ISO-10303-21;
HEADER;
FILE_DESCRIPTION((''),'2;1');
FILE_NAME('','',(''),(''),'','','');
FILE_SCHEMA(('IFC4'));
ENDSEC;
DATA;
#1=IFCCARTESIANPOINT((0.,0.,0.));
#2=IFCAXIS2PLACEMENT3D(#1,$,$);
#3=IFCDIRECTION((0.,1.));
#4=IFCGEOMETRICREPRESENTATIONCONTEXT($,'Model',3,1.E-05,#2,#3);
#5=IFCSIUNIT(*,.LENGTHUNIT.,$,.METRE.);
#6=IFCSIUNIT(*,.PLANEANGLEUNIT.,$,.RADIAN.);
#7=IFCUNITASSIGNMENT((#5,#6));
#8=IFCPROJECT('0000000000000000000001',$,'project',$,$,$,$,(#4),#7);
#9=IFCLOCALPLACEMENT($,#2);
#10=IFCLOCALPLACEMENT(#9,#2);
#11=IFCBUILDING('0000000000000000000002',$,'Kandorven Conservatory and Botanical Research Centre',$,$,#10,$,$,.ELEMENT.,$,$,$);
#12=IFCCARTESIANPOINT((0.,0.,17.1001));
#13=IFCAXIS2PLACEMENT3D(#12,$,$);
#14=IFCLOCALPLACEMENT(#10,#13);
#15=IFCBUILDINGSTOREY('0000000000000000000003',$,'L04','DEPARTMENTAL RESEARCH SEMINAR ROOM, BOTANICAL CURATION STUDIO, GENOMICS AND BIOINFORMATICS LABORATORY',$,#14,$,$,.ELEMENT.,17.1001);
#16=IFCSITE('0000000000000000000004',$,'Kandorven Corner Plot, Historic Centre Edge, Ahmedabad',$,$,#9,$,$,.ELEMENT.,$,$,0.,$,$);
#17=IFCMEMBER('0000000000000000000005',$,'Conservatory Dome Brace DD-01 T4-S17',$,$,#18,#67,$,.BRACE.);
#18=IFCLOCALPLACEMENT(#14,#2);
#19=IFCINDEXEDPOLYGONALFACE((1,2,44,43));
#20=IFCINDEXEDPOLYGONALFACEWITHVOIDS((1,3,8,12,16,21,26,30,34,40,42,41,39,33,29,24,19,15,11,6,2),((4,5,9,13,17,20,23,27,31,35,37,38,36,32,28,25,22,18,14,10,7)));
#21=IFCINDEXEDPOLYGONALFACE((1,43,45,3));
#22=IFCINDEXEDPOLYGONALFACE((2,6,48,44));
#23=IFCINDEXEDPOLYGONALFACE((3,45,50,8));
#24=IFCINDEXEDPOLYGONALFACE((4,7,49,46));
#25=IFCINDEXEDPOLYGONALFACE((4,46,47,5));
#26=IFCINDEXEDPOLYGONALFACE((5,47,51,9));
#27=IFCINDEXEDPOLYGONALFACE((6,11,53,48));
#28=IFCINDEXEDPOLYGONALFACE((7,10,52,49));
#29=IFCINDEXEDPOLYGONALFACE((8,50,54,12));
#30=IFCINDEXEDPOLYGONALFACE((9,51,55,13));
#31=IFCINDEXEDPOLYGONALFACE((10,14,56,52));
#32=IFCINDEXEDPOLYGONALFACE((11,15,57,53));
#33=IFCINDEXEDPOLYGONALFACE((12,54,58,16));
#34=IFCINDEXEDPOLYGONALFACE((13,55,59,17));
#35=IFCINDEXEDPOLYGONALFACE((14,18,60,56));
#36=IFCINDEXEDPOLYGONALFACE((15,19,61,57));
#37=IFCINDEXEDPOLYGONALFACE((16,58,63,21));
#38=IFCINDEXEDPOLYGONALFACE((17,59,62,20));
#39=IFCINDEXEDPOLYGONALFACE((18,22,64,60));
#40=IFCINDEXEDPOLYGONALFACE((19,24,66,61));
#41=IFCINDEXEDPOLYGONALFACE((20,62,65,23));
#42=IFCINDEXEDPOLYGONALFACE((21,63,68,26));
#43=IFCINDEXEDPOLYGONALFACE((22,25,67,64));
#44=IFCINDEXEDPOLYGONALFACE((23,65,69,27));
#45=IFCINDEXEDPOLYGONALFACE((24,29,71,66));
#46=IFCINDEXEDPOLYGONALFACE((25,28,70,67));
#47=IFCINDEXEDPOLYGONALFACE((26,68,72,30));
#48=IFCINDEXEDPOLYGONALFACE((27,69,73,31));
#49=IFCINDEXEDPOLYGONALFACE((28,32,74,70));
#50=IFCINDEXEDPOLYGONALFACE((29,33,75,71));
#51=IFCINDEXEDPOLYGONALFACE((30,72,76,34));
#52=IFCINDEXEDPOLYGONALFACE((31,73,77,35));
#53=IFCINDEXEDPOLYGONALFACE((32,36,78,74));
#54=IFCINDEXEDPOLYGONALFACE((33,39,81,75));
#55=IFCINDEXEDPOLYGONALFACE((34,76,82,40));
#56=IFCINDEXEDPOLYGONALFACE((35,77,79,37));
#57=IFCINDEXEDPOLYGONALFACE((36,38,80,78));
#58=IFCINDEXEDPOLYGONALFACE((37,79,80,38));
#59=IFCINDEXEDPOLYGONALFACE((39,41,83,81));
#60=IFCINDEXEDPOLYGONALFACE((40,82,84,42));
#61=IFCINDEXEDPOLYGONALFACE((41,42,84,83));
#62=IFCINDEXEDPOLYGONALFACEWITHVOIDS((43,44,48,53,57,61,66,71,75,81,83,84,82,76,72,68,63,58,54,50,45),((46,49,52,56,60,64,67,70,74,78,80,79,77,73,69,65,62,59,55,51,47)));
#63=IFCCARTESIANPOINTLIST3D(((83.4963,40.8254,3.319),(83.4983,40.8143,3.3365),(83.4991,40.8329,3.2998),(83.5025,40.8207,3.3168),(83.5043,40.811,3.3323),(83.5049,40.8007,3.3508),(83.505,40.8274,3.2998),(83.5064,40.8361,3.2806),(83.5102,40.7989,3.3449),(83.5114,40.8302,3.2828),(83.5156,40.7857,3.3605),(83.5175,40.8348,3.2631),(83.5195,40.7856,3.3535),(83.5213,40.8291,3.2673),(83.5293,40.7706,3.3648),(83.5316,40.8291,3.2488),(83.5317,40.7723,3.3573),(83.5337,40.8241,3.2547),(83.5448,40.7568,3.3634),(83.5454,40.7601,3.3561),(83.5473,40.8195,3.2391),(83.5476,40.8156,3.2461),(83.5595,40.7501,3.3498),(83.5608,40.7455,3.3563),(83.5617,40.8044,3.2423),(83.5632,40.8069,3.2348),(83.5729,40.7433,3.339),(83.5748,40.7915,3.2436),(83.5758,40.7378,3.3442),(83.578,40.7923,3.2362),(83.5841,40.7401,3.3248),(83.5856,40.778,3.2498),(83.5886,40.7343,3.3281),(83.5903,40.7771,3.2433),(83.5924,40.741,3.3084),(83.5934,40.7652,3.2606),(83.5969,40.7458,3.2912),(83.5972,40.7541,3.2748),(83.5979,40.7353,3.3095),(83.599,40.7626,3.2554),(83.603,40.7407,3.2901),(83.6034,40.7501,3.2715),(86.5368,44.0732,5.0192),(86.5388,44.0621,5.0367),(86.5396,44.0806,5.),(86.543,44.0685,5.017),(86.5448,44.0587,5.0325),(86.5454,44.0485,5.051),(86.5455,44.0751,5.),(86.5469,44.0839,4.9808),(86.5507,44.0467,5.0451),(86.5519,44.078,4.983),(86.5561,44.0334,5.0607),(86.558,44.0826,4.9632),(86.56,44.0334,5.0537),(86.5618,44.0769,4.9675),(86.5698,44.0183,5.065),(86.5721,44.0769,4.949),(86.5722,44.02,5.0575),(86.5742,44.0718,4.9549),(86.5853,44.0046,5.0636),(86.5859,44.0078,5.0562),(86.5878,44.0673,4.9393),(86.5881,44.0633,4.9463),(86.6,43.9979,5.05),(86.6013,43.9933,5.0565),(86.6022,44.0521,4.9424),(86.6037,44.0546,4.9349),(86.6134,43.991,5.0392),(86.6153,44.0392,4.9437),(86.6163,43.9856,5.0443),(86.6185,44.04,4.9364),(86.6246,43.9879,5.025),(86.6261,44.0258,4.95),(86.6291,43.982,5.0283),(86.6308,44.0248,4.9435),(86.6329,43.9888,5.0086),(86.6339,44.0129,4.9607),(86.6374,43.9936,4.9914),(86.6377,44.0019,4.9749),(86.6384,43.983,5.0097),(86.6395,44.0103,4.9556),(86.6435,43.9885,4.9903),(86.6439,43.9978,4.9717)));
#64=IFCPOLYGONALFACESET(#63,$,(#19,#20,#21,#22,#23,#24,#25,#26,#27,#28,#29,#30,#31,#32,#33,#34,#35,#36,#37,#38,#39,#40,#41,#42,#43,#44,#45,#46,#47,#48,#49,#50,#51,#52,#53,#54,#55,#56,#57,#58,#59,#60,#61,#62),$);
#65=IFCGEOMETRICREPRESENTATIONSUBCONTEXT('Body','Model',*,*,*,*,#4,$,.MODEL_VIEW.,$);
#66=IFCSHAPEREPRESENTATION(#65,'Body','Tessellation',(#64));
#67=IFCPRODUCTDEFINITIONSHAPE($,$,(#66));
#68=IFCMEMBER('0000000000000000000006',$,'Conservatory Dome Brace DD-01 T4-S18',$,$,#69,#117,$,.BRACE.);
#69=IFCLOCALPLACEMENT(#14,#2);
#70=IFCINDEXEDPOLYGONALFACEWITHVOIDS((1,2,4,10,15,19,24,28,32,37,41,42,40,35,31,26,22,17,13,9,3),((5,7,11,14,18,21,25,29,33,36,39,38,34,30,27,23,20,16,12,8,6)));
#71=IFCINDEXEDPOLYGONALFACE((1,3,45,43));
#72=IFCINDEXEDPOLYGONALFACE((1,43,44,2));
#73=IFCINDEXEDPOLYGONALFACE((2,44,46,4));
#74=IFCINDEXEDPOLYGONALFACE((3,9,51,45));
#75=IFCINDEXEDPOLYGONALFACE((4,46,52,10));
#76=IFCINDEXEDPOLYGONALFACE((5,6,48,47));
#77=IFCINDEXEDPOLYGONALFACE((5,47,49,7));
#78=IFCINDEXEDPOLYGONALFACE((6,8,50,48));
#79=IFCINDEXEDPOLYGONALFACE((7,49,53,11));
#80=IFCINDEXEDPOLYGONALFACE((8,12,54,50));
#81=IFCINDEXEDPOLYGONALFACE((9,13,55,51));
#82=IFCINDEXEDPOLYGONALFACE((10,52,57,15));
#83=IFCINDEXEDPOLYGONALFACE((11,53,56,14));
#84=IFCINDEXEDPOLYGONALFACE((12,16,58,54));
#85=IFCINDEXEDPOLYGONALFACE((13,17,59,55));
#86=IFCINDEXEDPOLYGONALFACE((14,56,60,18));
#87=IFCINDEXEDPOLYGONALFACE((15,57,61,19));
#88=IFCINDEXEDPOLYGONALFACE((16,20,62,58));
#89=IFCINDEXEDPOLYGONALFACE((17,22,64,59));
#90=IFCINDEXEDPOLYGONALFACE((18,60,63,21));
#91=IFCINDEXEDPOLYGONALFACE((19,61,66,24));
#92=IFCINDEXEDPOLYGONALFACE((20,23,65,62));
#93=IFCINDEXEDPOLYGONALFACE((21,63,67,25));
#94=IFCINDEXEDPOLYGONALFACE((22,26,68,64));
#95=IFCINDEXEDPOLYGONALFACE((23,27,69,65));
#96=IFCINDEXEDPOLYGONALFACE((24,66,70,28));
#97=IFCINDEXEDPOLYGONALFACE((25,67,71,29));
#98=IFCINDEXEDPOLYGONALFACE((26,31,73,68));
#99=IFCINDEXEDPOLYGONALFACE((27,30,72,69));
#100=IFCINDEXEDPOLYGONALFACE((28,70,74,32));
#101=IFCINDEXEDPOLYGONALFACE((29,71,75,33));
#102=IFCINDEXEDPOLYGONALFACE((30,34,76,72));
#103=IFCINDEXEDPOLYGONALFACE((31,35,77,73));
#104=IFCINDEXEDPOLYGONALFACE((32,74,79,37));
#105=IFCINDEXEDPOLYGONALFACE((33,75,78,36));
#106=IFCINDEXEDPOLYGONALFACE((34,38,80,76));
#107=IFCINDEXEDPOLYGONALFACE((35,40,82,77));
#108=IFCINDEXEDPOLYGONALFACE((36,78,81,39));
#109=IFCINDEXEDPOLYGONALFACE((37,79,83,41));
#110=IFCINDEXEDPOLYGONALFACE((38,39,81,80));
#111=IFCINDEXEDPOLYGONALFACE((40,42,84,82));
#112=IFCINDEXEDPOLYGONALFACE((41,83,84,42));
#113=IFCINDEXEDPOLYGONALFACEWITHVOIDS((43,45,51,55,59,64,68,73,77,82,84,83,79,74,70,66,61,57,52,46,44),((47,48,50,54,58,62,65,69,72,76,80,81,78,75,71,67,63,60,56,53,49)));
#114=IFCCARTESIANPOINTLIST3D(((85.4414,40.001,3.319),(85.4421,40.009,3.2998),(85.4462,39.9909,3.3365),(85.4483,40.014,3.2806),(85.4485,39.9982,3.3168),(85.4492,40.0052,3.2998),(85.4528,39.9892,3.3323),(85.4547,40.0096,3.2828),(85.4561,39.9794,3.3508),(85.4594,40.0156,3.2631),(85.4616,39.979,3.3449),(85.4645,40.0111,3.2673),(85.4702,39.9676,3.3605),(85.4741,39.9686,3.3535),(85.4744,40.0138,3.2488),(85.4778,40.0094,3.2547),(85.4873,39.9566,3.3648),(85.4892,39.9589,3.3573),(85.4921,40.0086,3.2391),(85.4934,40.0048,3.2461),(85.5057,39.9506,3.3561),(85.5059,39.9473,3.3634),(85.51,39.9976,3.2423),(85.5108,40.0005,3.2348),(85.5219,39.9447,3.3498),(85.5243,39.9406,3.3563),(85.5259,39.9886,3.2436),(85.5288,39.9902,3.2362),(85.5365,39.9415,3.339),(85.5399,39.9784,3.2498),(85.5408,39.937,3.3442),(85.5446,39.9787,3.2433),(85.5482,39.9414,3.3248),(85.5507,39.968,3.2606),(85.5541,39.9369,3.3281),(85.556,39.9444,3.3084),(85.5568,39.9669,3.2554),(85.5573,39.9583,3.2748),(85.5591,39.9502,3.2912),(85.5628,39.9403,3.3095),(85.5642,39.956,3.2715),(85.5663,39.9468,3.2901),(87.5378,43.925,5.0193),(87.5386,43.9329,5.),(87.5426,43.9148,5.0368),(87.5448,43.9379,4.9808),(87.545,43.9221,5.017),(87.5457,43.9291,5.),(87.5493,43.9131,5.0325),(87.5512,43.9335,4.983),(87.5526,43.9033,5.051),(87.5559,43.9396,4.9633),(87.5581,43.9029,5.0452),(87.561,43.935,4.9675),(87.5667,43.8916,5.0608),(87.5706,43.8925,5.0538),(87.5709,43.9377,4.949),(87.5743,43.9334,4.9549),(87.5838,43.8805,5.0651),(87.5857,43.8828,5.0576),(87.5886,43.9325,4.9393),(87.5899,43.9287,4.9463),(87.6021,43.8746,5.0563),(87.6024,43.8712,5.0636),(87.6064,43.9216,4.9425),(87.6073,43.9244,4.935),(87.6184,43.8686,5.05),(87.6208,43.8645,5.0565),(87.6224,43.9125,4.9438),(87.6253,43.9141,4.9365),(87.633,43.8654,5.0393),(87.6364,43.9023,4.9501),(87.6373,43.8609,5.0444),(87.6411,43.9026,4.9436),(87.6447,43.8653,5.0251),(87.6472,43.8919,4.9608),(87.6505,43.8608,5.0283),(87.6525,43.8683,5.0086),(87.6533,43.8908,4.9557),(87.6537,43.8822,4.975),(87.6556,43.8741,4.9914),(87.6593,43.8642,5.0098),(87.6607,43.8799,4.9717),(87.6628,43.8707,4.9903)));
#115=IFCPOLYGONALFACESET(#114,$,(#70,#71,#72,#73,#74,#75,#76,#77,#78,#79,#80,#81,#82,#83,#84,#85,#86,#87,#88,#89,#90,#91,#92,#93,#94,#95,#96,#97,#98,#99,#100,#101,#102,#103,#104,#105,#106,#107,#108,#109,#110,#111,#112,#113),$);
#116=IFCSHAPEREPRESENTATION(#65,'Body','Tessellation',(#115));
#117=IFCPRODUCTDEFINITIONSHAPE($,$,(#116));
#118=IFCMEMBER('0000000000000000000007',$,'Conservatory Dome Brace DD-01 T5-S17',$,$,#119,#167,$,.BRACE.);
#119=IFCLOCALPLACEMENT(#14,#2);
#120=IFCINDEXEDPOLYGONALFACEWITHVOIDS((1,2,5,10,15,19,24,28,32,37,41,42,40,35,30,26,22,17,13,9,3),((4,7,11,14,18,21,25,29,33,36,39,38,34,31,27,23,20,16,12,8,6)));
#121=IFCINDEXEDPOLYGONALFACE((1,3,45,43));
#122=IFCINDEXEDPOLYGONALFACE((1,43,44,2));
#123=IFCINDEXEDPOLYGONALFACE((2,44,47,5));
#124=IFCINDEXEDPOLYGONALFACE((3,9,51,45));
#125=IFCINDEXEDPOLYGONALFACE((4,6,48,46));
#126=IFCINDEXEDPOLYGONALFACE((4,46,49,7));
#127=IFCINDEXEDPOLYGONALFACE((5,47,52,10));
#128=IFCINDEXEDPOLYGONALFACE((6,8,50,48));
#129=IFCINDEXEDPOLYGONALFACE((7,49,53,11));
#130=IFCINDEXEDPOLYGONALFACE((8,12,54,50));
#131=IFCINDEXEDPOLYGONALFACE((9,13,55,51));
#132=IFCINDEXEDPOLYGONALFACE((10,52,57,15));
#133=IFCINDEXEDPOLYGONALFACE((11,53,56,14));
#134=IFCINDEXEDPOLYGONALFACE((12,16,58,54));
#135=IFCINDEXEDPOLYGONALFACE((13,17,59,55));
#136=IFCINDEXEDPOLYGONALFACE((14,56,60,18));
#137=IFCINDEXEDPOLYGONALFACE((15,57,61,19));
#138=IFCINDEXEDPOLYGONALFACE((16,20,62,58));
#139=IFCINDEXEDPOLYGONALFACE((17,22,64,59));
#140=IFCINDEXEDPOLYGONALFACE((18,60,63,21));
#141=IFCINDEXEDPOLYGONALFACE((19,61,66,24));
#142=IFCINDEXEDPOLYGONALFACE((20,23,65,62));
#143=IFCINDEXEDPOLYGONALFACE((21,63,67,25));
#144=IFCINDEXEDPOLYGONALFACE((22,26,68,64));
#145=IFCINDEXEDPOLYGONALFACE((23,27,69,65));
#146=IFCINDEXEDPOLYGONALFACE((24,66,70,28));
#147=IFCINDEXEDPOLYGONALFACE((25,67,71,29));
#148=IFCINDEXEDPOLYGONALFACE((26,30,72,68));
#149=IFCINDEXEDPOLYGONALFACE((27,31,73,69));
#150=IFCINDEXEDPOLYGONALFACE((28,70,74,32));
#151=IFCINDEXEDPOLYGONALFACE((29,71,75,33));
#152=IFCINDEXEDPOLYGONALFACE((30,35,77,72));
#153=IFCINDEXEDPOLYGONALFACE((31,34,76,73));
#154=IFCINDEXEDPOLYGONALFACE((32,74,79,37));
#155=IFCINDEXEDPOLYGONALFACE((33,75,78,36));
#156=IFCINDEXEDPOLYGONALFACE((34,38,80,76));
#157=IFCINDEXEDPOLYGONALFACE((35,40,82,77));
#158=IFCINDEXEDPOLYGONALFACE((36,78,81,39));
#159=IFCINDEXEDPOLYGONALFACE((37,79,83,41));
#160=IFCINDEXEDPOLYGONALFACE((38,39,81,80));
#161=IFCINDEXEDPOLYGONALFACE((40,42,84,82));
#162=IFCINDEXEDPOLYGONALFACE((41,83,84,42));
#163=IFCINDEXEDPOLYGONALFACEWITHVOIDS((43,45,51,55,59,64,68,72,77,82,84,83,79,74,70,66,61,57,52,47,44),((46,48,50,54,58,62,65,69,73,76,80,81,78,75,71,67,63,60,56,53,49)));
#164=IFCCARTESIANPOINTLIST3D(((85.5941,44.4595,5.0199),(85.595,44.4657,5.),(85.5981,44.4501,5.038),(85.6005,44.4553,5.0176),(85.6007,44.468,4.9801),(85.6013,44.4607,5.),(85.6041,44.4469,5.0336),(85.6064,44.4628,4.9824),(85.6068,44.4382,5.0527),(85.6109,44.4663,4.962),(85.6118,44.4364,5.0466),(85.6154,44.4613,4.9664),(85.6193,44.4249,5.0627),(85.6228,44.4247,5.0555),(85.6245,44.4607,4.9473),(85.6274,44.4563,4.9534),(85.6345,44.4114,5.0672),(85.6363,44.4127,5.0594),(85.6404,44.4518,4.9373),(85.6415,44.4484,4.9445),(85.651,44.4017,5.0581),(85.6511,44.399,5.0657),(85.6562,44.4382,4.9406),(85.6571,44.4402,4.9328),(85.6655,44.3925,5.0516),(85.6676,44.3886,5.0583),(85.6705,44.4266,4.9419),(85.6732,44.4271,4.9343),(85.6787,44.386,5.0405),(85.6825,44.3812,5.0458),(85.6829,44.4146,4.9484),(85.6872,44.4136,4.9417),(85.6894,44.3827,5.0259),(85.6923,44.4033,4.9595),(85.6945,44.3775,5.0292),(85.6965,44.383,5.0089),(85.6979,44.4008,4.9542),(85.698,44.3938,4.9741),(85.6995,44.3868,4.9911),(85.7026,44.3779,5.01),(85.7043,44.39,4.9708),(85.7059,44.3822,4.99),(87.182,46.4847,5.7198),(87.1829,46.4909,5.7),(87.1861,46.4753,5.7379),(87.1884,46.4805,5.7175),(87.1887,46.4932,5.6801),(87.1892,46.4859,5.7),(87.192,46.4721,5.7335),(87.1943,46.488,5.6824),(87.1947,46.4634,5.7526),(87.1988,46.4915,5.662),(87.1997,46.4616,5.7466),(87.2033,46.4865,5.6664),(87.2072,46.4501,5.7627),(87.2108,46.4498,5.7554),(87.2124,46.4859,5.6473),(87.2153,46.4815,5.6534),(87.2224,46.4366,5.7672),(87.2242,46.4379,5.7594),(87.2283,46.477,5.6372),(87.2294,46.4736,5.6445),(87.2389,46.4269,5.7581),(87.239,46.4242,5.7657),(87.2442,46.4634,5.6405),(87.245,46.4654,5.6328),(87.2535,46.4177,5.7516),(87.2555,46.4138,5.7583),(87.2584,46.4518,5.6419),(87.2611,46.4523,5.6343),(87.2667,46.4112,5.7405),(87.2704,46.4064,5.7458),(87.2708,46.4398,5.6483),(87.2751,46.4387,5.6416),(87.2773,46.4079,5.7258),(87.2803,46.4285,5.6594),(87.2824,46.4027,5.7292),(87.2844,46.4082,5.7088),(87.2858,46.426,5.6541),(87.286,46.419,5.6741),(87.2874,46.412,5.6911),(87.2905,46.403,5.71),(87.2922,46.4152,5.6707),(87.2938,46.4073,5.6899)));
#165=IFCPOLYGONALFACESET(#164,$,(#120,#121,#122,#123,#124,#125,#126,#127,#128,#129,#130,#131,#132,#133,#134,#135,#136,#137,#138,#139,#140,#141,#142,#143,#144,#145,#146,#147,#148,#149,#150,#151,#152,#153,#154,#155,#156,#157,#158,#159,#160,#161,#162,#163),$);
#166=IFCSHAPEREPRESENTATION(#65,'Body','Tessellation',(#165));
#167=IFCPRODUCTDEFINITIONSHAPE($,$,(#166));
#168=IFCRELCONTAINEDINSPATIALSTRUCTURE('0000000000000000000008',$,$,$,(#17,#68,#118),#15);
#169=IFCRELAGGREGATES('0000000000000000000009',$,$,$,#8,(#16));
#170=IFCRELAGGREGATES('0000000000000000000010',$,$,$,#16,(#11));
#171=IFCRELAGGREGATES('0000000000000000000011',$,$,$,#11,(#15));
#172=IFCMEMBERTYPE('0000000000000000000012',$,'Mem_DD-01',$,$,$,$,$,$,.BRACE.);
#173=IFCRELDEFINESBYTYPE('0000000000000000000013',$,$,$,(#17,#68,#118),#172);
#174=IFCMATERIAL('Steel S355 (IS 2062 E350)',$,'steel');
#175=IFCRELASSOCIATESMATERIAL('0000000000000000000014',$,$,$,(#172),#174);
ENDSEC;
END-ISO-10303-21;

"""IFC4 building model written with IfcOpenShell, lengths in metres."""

from ifc_helpers import new_model, si_unit, direction, frame, origin, origin_2d, place, context, subcontext, project, spatial, hollow_circle, extrude, material, material_profile, profile_set, type_object, element, save


model = new_model("IFC4")

# Units and contexts
model_context = context("Model", 3, precision=1e-05, world=origin(), true_north=direction((0.0, 1.0)))
body_context = subcontext(model_context, "Body", "Model", "MODEL_VIEW")
ifc_project = project(units=[si_unit("LENGTHUNIT", "METRE"), si_unit("PLANEANGLEUNIT", "RADIAN")], contexts=[model_context])

# Site, building, storey
site_placement = place(None, origin())
site = spatial("IfcSite", under=ifc_project, at=site_placement, Name="Kandorven Corner Plot, Historic Centre Edge, Ahmedabad", CompositionType="ELEMENT", RefElevation=0.0)
building_placement = place(site_placement, origin())
building = spatial("IfcBuilding", under=site, at=building_placement, Name="Kandorven Conservatory and Botanical Research Centre", CompositionType="ELEMENT")
storey_placement = place(building_placement, frame((0.0, 0.0, 17.1001)))
storey = spatial("IfcBuildingStorey", under=building, at=storey_placement, Name="L04", Description="DEPARTMENTAL RESEARCH SEMINAR ROOM, BOTANICAL CURATION STUDIO, GENOMICS AND BIOINFORMATICS LABORATORY", CompositionType="ELEMENT", Elevation=17.1001)

# Members
ifc_material_1 = material(Name="Steel S355 (IS 2062 E350)", Category="steel")
ifc_material_profile_1 = material_profile(ifc_material_1, hollow_circle(Radius=0.0698, WallThickness=0.0081, at=origin_2d()))
ifc_profile_set_1 = profile_set([ifc_material_profile_1], Name="Steel S355 (IS 2062 E350)")
member_type_1 = type_object("IfcMemberType", Name="Mem_DD-01", PredefinedType="BRACE", material=ifc_profile_set_1)
for number, where, z_axis, x_axis, name in (
    (1, (83.55, 40.7852, 3.2998), (0.638399, 0.681919, 0.356978), (-0.730018, 0.683428, 0.0), "Conservatory Dome Brace DD-01 T4-S17"),
    (2, (85.5037, 39.9761, 3.2998), (0.440189, 0.823888, 0.356991), (-0.882005, 0.47124, 0.0), "Conservatory Dome Brace DD-01 T4-S18"),
):
    element("IfcMember", number, at=place(storey_placement, frame(where, z_axis=z_axis, x_axis=x_axis)), inside=storey, type_object=member_type_1, Name=name, PredefinedType="BRACE", context=body_context, shape_type="SweptSolid", body=[
        extrude(hollow_circle(Radius=0.0698, WallThickness=0.0081, at=origin_2d()), origin(), (0.0, 0.0, 1.0), 4.7627),
    ])
member_1_placement = place(storey_placement, frame((85.6499, 44.4226, 5.0), z_axis=(0.595399, 0.759353, 0.262455), x_axis=(-0.78694, 0.617029, 0.0)))
element("IfcMember", 3, at=member_1_placement, inside=storey, type_object=member_type_1, Name="Conservatory Dome Brace DD-01 T5-S17", PredefinedType="BRACE", context=body_context, shape_type="SweptSolid", body=[
    extrude(hollow_circle(Radius=0.0698, WallThickness=0.0081, at=origin_2d()), origin(), (0.0, 0.0, 1.0), 2.667),
])

save(model, "model.ifc")
